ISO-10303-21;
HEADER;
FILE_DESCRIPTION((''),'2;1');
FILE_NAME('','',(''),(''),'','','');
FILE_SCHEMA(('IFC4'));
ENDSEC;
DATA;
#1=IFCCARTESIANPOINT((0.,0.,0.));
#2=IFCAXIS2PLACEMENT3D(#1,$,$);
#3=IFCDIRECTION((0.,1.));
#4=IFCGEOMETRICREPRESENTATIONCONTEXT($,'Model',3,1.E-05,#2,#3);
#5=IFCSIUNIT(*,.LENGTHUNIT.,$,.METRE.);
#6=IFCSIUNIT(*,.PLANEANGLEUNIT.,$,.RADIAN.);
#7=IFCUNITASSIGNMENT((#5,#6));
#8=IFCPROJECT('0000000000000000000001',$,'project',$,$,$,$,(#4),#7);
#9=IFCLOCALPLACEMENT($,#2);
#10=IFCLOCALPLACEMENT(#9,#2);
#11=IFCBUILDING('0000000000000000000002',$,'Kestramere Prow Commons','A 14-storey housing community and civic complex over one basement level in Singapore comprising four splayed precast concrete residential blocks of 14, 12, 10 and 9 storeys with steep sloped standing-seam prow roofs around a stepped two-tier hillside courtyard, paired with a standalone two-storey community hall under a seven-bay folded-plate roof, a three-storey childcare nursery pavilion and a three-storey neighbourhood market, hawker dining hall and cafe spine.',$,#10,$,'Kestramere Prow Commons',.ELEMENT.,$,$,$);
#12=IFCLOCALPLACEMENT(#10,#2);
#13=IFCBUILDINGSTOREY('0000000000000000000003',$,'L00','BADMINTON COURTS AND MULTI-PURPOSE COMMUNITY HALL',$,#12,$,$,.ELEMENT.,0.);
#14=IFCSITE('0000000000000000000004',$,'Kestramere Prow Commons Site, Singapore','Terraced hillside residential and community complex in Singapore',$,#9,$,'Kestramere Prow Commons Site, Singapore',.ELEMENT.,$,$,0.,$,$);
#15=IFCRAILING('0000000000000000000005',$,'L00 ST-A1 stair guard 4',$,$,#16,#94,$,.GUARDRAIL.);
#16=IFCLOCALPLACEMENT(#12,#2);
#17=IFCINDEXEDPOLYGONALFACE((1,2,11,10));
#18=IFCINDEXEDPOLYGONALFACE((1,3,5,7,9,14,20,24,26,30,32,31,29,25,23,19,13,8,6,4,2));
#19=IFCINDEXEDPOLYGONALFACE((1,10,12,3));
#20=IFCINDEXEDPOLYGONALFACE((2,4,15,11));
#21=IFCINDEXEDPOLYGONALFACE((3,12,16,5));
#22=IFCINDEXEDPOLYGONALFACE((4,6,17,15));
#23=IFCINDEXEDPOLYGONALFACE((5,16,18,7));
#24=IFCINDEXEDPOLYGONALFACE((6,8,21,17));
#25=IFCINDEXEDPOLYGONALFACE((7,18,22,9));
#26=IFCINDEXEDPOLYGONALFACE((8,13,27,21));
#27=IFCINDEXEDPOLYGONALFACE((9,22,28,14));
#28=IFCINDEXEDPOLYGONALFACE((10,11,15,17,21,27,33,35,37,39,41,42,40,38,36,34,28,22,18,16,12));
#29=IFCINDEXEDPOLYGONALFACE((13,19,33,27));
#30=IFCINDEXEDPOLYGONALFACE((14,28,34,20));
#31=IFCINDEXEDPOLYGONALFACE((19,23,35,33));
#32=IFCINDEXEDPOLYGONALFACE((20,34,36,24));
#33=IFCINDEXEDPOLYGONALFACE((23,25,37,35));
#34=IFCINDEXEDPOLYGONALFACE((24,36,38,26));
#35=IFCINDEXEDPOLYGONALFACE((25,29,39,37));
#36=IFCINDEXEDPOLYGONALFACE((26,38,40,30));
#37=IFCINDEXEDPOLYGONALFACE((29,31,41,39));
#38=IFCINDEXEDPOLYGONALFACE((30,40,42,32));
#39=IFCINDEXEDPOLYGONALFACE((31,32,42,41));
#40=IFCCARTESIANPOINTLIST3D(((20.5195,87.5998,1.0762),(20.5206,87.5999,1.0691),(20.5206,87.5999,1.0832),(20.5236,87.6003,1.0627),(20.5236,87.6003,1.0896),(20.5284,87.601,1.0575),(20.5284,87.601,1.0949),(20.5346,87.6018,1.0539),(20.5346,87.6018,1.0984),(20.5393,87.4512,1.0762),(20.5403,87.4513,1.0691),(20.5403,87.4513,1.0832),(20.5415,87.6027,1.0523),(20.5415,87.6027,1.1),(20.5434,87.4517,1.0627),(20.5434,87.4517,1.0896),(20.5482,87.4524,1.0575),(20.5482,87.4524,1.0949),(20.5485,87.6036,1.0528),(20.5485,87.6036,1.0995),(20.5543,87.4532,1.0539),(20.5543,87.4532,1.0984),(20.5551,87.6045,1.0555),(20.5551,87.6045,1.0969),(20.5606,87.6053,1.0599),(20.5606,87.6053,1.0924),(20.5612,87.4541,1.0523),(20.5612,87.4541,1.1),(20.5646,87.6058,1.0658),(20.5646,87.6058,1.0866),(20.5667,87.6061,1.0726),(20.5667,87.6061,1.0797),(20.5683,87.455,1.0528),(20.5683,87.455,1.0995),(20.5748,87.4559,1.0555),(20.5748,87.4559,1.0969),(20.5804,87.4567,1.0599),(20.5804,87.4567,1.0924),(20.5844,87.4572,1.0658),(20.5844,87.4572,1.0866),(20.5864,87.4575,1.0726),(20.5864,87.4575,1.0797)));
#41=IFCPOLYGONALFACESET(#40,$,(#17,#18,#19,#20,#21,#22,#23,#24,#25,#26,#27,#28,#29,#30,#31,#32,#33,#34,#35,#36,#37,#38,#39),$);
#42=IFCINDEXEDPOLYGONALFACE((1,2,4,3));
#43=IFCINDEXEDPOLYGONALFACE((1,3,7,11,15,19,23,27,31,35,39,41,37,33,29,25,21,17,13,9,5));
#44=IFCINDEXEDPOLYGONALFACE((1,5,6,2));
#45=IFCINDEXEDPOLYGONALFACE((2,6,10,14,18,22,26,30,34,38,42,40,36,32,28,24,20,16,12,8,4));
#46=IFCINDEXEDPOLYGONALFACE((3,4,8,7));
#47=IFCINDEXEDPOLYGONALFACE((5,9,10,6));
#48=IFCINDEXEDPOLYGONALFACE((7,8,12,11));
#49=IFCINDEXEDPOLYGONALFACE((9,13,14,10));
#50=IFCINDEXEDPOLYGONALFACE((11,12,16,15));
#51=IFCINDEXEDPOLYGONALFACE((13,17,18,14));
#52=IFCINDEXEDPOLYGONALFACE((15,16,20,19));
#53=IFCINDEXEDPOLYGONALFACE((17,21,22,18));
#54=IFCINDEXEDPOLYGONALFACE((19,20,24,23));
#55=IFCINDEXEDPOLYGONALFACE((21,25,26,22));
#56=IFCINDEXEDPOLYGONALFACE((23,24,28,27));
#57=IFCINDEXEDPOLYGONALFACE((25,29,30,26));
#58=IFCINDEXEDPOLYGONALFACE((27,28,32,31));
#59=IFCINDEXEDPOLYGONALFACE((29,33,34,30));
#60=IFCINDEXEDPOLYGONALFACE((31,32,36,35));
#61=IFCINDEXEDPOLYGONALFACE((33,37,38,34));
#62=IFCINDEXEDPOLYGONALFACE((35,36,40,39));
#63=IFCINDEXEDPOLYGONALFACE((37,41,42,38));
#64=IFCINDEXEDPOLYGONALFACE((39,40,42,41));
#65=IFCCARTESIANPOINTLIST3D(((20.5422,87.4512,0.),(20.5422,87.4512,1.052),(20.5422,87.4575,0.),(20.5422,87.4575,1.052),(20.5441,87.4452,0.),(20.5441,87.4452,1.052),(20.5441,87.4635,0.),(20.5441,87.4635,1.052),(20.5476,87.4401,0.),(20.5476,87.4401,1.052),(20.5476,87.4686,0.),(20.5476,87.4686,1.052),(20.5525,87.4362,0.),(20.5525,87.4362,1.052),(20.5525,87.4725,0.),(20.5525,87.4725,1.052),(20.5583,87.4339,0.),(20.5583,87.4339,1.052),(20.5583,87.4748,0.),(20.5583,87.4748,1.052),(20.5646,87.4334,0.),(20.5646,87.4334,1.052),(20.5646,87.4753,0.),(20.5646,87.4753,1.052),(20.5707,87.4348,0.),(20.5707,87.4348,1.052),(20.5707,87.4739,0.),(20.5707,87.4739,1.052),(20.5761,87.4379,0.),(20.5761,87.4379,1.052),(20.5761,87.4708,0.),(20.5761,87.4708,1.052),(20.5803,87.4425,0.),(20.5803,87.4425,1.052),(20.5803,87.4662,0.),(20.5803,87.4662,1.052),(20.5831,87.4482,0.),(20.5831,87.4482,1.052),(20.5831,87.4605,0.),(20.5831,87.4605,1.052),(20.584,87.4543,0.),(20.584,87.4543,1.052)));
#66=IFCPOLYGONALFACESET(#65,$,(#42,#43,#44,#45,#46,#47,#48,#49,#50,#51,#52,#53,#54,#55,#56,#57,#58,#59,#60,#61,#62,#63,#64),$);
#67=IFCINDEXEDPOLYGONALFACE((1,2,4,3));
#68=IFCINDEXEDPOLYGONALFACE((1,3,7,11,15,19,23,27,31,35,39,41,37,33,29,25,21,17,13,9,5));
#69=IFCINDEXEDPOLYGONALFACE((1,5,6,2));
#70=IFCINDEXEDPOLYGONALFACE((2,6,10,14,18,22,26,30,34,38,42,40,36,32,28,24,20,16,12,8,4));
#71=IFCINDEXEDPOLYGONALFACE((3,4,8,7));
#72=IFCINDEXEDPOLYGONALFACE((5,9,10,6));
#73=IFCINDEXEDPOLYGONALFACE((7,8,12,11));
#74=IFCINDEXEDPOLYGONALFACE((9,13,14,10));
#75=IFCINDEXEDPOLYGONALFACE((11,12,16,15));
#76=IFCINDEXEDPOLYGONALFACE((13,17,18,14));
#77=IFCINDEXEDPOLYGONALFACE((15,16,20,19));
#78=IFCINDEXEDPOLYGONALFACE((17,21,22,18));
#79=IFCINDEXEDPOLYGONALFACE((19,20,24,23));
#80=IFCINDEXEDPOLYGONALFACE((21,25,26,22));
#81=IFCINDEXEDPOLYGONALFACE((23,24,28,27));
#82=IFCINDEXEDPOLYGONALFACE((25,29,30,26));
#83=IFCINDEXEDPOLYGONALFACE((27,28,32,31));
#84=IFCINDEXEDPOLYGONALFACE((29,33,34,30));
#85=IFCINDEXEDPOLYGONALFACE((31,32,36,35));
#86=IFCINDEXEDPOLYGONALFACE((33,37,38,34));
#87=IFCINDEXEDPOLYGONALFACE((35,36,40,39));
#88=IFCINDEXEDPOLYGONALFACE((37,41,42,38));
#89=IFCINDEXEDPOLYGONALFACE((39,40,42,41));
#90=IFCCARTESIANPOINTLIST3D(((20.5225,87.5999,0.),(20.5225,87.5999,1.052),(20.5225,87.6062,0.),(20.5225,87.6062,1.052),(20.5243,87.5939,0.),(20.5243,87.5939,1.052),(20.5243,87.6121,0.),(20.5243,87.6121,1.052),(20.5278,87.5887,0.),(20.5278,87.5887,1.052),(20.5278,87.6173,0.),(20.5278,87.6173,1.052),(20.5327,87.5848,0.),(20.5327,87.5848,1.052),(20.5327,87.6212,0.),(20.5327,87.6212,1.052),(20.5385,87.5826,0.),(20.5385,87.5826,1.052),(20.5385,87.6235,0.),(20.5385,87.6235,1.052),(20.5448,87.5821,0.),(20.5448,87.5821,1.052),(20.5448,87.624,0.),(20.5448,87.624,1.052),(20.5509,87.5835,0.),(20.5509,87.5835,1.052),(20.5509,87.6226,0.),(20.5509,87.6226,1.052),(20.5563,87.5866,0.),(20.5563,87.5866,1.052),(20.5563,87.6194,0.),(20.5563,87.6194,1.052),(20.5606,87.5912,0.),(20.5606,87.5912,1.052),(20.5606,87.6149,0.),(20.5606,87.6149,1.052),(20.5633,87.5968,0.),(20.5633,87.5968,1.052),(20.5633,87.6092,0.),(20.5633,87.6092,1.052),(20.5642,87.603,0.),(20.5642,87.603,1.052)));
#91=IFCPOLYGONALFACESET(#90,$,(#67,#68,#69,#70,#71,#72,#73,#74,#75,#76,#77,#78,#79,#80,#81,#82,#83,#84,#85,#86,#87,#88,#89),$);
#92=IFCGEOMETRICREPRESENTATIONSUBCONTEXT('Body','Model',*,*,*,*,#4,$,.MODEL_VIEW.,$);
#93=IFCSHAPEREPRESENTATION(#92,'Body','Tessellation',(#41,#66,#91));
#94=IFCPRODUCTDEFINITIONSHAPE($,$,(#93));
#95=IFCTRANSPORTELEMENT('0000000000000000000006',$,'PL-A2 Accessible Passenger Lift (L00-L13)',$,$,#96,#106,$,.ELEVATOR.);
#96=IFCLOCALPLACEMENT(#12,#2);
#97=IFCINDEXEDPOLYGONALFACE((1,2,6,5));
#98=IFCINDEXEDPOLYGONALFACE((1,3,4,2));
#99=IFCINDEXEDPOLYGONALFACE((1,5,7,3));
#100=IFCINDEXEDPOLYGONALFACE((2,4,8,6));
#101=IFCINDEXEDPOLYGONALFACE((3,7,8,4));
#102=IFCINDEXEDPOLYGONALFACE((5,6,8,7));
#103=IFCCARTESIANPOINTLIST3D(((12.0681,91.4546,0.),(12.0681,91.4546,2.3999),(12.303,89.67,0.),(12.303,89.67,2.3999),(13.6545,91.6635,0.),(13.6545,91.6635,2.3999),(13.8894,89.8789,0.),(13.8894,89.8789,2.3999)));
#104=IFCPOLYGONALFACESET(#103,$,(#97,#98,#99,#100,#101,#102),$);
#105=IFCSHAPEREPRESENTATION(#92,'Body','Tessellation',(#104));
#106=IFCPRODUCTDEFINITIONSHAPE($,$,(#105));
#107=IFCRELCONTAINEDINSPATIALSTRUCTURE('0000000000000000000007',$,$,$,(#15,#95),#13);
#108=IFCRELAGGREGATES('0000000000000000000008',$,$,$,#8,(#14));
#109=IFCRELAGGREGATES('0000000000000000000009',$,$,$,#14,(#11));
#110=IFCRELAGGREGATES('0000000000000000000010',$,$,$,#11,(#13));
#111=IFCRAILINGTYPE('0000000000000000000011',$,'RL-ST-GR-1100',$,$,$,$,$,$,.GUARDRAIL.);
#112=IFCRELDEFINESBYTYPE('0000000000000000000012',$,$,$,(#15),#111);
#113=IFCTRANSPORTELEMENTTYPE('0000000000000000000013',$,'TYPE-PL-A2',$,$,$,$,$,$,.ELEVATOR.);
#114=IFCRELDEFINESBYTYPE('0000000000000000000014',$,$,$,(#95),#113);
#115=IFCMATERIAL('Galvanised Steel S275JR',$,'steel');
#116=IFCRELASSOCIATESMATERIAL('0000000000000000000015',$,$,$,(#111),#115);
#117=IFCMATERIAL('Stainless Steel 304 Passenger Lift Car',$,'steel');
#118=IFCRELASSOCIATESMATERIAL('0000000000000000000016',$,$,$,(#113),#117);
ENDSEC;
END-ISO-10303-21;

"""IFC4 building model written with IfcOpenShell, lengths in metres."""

from ifc_helpers import new_model, si_unit, direction, frame, origin, origin_2d, place, context, subcontext, project, spatial, rectangle, circle, extrude, material, type_object, element, save


model = new_model("IFC4")

# Units and contexts
model_context = context("Model", 3, precision=1e-05, world=origin(), true_north=direction((0.0, 1.0)))
body_context = subcontext(model_context, "Body", "Model", "MODEL_VIEW")
ifc_project = project(units=[si_unit("LENGTHUNIT", "METRE"), si_unit("PLANEANGLEUNIT", "RADIAN")], contexts=[model_context])

# Site, building, storey
site_placement = place(None, origin())
site = spatial("IfcSite", under=ifc_project, at=site_placement, Name="Kestramere Prow Commons Site, Singapore", Description="Terraced hillside residential and community complex in Singapore", LongName="Kestramere Prow Commons Site, Singapore", CompositionType="ELEMENT", RefElevation=0.0)
building_placement = place(site_placement, origin())
building = spatial("IfcBuilding", under=site, at=building_placement, Name="Kestramere Prow Commons", Description="A 14-storey housing community and civic complex over one basement level in Singapore comprising four splayed precast concrete residential blocks of 14, 12, 10 and 9 storeys with steep sloped standing-seam prow roofs around a stepped two-tier hillside courtyard, paired with a standalone two-storey community hall under a seven-bay folded-plate roof, a three-storey childcare nursery pavilion and a three-storey neighbourhood market, hawker dining hall and cafe spine.", LongName="Kestramere Prow Commons", CompositionType="ELEMENT")
storey_placement = place(building_placement, origin())
storey = spatial("IfcBuildingStorey", under=building, at=storey_placement, Name="L00", Description="BADMINTON COURTS AND MULTI-PURPOSE COMMUNITY HALL", CompositionType="ELEMENT", Elevation=0.0)

# Railing
ifc_material_1 = material(Name="Galvanised Steel S275JR", Category="steel")
railing_type = type_object("IfcRailingType", Name="RL-ST-GR-1100", PredefinedType="GUARDRAIL", material=ifc_material_1)
railing_placement = place(storey_placement, frame((20.563, 87.4543, 0.0)))
element("IfcRailing", 1, at=railing_placement, inside=storey, type_object=railing_type, Name="L00 ST-A1 stair guard 4", PredefinedType="GUARDRAIL", context=body_context, shape_type="SweptSolid", body=[
    extrude(circle(Radius=0.0239, at=origin_2d()), frame((0.0, 0.0, 1.0762), z_axis=(-0.131844, 0.99127, 0.0), x_axis=(-0.99127, -0.131844, 0.0)), (0.0, 0.0, 1.0), 0.1499),
    extrude(circle(Radius=0.021, at=origin_2d()), origin(), (0.0, 0.0, 1.0), 1.052),
    extrude(circle(Radius=0.021, at=origin_2d()), frame((-0.0198, 0.1487, 0.0)), (0.0, 0.0, 1.0), 1.052),
])

# Transport element
ifc_material_2 = material(Name="Stainless Steel 304 Passenger Lift Car", Category="steel")
transport_element_type = type_object("IfcTransportElementType", Name="TYPE-PL-A2", PredefinedType="ELEVATOR", material=ifc_material_2)
transport_element_placement = place(storey_placement, frame((12.9788, 90.6667, 0.0), z_axis=(0.0, 0.0, 1.0), x_axis=(0.991445, 0.130526, 0.0)))
element("IfcTransportElement", 2, at=transport_element_placement, inside=storey, type_object=transport_element_type, Name="PL-A2 Accessible Passenger Lift (L00-L13)", PredefinedType="ELEVATOR", context=body_context, shape_type="SweptSolid", body=[
    extrude(rectangle(XDim=1.6001, YDim=1.8, at=origin_2d()), origin(), (0.0, 0.0, 1.0), 2.3999),
])

save(model, "model.ifc")
